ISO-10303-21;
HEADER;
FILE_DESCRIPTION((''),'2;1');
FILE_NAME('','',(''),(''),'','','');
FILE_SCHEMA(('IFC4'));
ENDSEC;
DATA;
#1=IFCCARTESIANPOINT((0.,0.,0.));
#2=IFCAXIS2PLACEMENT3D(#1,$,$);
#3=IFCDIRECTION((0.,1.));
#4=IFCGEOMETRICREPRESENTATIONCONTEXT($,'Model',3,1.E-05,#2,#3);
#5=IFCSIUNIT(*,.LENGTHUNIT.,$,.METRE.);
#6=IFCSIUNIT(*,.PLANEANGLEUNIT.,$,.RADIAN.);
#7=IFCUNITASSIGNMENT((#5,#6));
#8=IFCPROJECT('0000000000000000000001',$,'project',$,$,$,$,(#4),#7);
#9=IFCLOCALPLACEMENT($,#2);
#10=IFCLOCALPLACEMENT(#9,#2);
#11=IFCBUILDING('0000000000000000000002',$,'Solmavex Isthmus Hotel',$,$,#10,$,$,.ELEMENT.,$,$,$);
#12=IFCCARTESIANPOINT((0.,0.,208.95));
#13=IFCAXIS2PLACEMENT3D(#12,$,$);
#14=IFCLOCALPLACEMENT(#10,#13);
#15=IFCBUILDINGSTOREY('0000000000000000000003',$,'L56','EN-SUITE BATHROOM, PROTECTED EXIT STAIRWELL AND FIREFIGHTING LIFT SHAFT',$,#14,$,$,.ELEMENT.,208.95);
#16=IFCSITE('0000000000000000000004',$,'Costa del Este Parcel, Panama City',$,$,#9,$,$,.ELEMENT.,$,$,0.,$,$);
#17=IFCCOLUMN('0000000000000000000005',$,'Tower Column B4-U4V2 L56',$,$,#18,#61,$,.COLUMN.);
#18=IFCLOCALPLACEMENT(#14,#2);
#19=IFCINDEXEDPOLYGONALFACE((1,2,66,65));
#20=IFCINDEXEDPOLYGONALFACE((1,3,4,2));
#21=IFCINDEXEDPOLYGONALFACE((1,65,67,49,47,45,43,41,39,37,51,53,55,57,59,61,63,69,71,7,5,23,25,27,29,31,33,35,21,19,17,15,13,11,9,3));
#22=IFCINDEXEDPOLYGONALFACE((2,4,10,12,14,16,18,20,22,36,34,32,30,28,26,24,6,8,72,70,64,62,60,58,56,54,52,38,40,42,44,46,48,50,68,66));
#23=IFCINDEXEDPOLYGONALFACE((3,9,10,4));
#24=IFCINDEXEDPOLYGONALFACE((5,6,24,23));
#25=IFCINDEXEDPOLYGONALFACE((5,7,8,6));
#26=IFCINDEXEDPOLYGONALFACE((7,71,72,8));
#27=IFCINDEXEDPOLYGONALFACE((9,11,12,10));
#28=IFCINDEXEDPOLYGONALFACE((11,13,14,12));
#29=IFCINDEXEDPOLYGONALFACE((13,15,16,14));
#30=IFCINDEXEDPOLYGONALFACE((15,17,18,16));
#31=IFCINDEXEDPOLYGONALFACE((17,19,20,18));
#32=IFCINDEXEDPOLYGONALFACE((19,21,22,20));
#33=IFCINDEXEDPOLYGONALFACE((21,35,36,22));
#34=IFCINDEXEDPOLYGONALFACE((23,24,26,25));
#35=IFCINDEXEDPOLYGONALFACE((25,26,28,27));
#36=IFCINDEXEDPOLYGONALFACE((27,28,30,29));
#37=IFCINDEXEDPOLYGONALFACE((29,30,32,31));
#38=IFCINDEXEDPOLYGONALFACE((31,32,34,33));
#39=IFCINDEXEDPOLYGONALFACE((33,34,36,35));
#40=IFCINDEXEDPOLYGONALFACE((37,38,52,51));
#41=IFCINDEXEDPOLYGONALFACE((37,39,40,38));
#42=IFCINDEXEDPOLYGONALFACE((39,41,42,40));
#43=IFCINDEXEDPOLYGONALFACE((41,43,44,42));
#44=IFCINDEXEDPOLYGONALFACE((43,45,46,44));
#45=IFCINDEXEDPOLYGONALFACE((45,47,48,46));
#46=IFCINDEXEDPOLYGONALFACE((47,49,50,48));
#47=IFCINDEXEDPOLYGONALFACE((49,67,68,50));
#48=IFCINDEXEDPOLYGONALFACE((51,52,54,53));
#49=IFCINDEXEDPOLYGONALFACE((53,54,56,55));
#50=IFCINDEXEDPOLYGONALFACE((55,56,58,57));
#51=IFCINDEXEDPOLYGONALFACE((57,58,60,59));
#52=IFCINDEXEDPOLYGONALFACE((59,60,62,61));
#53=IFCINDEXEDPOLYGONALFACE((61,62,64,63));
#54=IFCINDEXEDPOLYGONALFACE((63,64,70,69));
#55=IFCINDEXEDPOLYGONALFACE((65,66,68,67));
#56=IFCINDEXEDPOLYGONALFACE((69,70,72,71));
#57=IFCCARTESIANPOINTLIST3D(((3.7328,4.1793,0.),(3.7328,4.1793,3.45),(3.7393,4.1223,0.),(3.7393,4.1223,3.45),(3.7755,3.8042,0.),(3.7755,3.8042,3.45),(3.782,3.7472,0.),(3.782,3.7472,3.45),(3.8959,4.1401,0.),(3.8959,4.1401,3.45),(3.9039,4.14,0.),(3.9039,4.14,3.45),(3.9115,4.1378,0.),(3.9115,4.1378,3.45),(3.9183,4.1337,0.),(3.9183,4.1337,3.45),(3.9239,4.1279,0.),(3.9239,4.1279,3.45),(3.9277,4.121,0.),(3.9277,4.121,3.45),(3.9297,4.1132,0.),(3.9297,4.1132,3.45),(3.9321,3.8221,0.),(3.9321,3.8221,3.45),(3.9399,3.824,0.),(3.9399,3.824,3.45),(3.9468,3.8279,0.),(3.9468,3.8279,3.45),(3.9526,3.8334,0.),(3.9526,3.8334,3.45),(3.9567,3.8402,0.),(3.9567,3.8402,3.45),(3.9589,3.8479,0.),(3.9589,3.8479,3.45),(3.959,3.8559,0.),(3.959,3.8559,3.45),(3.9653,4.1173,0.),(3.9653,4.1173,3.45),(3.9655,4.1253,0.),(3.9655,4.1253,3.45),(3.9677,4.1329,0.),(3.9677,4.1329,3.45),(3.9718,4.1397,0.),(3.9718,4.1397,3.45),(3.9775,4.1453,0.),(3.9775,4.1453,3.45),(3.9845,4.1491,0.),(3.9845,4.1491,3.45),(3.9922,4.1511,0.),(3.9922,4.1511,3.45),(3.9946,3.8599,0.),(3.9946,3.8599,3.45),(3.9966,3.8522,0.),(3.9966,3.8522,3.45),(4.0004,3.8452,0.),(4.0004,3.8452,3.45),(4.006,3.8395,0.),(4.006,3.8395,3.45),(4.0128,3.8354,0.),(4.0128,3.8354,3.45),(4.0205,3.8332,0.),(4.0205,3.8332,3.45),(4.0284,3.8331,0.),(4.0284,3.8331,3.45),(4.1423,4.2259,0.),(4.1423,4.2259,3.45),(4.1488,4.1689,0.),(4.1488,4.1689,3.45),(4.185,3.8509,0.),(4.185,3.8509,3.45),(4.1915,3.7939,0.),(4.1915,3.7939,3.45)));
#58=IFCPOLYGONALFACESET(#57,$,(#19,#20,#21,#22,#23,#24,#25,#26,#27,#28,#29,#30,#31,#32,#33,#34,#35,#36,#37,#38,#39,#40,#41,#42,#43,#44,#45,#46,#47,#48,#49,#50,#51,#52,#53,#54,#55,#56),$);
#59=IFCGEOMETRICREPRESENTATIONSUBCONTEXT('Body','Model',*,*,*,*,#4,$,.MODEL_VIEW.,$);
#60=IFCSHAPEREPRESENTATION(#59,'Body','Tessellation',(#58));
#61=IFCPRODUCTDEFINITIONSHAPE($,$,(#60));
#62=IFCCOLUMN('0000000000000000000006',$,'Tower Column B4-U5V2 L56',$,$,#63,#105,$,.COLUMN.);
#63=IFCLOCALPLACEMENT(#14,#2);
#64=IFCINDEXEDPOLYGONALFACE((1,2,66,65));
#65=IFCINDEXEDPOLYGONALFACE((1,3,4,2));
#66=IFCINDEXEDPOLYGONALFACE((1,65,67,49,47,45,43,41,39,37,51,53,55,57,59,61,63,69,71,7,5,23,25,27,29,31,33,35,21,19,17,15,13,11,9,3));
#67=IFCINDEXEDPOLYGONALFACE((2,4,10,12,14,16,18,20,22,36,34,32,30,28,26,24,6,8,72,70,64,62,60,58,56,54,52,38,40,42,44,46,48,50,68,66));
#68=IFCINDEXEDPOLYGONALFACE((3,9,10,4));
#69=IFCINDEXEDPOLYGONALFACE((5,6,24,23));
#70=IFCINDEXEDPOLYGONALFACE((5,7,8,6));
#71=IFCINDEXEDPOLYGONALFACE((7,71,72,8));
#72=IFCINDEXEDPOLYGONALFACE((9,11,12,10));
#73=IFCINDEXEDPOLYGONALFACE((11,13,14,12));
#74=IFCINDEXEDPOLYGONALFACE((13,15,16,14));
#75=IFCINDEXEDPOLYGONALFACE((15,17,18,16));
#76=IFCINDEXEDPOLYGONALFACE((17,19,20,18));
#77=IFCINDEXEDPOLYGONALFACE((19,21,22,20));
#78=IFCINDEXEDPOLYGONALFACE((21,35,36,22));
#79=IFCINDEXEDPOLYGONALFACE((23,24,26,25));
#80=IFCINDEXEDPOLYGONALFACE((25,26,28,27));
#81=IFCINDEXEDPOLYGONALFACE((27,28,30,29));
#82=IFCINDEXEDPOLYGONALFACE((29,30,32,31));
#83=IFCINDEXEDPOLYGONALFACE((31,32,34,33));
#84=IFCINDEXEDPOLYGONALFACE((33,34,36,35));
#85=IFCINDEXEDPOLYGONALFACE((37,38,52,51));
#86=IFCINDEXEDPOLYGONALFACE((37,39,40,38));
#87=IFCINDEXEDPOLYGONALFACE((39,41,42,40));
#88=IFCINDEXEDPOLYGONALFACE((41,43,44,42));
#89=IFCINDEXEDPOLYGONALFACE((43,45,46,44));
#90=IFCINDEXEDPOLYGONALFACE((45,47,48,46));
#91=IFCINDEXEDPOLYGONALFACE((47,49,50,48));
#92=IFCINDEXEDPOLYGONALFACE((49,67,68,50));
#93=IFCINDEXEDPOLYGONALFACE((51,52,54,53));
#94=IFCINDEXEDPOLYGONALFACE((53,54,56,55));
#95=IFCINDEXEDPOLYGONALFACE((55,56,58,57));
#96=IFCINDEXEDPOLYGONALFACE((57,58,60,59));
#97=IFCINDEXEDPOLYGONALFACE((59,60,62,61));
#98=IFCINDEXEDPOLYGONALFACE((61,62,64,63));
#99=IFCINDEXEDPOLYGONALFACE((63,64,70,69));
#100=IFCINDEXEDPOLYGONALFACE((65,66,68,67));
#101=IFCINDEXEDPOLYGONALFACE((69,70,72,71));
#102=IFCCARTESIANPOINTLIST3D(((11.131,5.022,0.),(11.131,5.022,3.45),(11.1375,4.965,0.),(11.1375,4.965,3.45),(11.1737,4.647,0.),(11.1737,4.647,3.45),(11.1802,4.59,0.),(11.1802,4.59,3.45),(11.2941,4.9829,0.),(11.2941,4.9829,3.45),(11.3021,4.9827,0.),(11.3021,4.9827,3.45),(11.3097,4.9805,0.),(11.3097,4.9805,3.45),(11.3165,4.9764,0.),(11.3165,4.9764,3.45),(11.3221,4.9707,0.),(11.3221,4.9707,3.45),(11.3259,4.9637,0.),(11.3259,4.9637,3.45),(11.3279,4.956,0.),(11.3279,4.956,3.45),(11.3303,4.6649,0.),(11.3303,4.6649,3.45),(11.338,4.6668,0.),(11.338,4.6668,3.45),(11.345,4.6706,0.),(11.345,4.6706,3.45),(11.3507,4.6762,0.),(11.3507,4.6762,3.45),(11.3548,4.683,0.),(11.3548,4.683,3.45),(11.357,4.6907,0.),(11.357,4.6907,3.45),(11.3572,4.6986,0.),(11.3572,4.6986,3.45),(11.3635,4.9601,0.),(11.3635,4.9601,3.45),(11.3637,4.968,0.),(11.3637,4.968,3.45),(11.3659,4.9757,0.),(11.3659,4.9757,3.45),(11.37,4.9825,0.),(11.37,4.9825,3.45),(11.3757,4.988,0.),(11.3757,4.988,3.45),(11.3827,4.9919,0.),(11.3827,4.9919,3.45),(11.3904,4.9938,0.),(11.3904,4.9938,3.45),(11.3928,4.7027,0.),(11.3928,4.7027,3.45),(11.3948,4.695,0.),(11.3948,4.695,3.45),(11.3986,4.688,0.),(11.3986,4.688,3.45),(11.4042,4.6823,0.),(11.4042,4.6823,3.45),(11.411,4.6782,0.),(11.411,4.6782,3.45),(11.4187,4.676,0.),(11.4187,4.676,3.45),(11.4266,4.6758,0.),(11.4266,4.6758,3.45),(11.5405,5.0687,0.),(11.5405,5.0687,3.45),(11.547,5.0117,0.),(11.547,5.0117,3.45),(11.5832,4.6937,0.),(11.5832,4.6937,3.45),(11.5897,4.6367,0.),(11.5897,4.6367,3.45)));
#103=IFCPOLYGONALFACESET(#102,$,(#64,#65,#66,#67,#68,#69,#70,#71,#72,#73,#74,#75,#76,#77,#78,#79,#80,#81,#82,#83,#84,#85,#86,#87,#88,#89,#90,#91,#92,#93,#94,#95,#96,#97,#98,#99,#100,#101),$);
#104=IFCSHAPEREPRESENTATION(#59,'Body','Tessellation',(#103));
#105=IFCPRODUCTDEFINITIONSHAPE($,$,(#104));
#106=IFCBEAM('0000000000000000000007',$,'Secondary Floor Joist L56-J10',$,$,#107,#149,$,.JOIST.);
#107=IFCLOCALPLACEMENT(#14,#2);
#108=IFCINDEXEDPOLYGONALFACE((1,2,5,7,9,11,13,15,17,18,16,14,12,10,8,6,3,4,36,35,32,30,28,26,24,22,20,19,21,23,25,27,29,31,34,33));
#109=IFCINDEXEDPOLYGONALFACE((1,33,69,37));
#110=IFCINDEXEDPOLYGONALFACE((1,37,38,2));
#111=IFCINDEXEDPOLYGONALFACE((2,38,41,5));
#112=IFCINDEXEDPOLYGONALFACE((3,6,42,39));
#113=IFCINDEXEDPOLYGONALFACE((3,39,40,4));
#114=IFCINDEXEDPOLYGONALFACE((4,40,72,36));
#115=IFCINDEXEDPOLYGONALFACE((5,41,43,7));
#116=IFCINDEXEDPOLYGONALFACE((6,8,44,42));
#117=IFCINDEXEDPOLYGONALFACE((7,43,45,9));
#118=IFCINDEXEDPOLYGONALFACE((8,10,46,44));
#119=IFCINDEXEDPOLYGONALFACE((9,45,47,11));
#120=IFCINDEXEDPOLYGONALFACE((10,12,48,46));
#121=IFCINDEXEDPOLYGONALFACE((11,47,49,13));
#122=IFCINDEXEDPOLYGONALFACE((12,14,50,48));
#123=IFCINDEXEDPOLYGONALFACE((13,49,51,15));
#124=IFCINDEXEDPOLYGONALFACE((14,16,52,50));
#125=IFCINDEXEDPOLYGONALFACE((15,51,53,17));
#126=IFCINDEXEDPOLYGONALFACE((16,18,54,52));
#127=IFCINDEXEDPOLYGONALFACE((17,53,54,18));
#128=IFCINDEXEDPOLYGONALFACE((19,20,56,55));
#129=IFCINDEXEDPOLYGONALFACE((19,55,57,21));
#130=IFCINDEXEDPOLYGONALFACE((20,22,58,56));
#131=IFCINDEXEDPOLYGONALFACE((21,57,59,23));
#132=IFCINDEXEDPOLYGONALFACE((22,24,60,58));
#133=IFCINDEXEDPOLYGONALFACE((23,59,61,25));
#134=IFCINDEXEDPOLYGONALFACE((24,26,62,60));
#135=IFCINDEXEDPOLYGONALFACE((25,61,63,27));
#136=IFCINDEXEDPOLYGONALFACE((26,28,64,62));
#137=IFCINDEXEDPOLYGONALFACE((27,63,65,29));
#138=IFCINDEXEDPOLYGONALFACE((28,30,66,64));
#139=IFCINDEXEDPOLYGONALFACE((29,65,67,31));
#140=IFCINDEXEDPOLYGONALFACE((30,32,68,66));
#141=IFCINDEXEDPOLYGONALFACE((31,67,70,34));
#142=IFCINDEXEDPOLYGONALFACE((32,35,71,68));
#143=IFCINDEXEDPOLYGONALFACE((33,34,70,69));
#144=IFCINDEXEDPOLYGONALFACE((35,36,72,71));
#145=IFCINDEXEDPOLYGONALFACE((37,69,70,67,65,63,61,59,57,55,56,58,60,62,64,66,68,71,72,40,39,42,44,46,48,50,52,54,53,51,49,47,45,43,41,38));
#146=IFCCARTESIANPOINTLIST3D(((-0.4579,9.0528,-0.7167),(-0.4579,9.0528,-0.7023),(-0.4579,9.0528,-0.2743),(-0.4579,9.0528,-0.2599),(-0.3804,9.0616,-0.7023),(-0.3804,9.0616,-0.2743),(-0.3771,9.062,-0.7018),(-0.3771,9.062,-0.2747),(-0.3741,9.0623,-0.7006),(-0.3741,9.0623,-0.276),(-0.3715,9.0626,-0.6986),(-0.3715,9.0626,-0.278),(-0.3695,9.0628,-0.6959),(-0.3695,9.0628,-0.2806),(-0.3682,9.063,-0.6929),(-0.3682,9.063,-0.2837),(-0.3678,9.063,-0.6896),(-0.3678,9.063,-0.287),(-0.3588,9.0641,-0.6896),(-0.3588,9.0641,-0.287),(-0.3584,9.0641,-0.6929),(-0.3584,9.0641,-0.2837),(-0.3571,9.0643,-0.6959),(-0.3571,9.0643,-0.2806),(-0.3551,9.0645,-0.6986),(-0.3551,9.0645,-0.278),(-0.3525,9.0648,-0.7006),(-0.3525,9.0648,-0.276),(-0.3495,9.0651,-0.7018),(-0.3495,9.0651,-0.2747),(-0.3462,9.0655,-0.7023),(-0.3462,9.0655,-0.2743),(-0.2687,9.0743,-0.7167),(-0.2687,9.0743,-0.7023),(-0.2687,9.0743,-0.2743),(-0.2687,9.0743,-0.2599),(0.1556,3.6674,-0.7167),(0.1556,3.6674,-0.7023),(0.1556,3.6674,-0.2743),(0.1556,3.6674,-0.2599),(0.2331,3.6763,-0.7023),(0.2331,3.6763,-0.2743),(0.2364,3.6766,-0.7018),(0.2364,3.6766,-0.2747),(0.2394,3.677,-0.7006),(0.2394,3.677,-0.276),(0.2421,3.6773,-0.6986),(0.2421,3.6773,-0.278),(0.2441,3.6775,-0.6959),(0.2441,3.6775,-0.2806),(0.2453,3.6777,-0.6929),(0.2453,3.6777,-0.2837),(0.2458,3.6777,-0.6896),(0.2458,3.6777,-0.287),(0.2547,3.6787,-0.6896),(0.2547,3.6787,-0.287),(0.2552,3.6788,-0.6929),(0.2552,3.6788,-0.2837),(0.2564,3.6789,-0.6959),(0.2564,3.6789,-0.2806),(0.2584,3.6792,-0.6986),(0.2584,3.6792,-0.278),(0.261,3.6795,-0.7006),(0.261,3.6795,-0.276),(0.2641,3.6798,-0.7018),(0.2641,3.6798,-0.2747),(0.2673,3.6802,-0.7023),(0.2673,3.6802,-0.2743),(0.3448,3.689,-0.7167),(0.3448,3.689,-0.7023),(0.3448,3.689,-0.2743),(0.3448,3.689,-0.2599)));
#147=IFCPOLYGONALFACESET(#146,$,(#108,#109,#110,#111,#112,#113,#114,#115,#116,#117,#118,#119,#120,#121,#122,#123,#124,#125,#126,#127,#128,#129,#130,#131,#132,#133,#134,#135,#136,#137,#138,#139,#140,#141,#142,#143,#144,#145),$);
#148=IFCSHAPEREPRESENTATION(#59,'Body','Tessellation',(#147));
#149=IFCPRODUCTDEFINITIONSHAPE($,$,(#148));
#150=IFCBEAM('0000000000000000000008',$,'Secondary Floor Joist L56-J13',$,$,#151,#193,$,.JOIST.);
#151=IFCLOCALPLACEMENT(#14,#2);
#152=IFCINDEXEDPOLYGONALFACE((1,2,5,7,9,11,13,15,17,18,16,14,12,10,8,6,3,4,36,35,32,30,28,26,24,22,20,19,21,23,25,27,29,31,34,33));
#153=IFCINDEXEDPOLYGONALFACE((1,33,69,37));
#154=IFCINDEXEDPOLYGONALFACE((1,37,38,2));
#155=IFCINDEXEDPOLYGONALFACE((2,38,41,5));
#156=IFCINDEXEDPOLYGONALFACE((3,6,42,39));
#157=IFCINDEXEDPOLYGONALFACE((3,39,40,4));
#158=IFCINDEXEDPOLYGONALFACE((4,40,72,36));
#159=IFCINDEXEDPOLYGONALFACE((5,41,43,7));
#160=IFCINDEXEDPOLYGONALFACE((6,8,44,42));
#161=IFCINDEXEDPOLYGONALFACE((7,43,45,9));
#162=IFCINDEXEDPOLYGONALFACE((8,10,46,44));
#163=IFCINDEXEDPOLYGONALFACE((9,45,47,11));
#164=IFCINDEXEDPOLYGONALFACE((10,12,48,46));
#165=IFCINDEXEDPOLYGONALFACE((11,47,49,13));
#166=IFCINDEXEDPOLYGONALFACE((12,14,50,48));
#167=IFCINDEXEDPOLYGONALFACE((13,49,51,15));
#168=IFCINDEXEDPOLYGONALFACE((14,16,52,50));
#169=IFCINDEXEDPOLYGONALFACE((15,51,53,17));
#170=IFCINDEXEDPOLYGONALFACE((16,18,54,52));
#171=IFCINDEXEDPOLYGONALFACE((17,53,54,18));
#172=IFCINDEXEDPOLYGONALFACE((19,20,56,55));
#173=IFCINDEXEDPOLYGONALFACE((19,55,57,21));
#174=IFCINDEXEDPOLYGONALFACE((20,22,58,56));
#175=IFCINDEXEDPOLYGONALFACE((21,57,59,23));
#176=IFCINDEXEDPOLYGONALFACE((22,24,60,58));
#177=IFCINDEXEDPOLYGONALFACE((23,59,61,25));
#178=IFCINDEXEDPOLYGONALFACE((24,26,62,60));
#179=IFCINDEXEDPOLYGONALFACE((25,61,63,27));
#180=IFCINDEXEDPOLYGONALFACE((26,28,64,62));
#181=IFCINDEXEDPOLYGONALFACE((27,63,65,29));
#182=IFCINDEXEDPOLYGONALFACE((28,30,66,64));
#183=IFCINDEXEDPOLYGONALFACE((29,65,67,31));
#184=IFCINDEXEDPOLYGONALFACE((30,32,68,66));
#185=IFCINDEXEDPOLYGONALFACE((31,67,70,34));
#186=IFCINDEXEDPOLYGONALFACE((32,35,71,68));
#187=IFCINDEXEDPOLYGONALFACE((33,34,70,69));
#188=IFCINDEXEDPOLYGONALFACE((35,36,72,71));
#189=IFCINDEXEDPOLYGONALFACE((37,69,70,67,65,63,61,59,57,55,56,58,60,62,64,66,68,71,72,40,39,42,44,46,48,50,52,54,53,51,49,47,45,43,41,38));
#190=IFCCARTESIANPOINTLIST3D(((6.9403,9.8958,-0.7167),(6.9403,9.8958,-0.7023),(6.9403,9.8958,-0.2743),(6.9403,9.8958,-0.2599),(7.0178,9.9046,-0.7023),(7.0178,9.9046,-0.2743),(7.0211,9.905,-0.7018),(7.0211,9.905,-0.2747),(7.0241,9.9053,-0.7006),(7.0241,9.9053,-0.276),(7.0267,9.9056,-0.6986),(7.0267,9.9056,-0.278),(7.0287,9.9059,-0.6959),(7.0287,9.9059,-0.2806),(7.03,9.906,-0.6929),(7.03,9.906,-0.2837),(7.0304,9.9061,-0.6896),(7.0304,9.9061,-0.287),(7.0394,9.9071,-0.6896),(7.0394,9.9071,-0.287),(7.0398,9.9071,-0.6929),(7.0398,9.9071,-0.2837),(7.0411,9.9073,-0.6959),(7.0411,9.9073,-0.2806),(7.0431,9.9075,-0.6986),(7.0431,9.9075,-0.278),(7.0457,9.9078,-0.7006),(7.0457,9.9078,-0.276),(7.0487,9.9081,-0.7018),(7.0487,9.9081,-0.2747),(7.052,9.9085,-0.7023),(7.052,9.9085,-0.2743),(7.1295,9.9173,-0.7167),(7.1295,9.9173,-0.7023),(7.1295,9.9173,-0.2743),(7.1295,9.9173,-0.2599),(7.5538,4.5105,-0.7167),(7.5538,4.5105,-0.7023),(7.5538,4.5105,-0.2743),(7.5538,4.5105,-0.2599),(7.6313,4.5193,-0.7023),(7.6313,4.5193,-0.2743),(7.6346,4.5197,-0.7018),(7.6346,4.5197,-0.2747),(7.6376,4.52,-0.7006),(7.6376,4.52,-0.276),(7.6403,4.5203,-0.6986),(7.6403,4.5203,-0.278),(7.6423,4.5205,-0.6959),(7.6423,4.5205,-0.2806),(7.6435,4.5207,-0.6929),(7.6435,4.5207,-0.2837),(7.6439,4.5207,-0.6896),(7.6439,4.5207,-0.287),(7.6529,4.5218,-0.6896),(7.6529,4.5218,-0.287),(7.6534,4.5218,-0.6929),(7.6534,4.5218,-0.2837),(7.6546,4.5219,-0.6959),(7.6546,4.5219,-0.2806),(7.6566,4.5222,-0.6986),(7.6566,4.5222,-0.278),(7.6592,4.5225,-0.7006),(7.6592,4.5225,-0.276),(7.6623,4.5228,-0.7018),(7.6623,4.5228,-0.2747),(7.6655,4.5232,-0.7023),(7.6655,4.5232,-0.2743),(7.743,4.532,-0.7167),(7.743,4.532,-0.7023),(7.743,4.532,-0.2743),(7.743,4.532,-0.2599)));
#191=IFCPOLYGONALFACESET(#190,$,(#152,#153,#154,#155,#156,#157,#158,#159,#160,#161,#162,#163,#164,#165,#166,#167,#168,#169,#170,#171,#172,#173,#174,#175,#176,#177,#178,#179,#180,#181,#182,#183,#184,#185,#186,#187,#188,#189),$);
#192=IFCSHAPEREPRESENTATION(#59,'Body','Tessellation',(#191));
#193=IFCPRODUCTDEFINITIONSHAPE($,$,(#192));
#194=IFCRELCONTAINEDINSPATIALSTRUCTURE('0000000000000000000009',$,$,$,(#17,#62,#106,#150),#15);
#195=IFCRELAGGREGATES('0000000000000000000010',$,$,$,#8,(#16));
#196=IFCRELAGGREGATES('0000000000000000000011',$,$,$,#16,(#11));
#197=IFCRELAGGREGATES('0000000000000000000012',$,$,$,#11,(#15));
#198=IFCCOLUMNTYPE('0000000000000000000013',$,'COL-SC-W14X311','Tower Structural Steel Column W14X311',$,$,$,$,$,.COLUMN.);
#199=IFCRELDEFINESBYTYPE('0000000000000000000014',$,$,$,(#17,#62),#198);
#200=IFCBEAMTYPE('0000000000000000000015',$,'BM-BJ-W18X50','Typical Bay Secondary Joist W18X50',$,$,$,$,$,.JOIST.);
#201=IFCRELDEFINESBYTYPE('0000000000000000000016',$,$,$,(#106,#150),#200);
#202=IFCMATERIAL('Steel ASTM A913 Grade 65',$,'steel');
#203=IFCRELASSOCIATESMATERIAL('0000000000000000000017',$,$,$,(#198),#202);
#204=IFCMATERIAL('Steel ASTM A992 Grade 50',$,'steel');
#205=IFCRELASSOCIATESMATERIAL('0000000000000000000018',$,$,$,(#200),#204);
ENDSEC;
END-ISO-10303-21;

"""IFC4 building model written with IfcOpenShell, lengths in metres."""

from ifc_helpers import new_model, si_unit, direction, frame, origin, origin_2d, place, context, subcontext, project, spatial, i_section, extrude, material, material_profile, profile_set, type_object, element, save


model = new_model("IFC4")

# Units and contexts
model_context = context("Model", 3, precision=1e-05, world=origin(), true_north=direction((0.0, 1.0)))
body_context = subcontext(model_context, "Body", "Model", "MODEL_VIEW")
ifc_project = project(units=[si_unit("LENGTHUNIT", "METRE"), si_unit("PLANEANGLEUNIT", "RADIAN")], contexts=[model_context])

# Site, building, storey
site_placement = place(None, origin())
site = spatial("IfcSite", under=ifc_project, at=site_placement, Name="Costa del Este Parcel, Panama City", CompositionType="ELEMENT", RefElevation=0.0)
building_placement = place(site_placement, origin())
building = spatial("IfcBuilding", under=site, at=building_placement, Name="Solmavex Isthmus Hotel", CompositionType="ELEMENT")
storey_placement = place(building_placement, frame((0.0, 0.0, 208.95)))
storey = spatial("IfcBuildingStorey", under=building, at=storey_placement, Name="L56", Description="EN-SUITE BATHROOM, PROTECTED EXIT STAIRWELL AND FIREFIGHTING LIFT SHAFT", CompositionType="ELEMENT", Elevation=208.95)

# Columns
ifc_material_1 = material(Name="Steel ASTM A913 Grade 65", Category="steel")
ifc_material_profile_1 = material_profile(ifc_material_1, i_section(OverallWidth=0.4121, OverallDepth=0.4348, WebThickness=0.0359, FlangeThickness=0.0574, FilletRadius=0.0305, at=origin_2d()), Name="W14X311")
ifc_profile_set_1 = profile_set([ifc_material_profile_1], Name="Steel ASTM A913 Grade 65")
column_type = type_object("IfcColumnType", Name="COL-SC-W14X311", Description="Tower Structural Steel Column W14X311", PredefinedType="COLUMN", material=ifc_profile_set_1)
for number, where, z_axis, x_axis, name in (
    (1, (3.9622, 3.9866, 0.0), (0.0, 0.0, 1.0), (0.993572, 0.113203, 0.0), "Tower Column B4-U4V2 L56"),
    (2, (11.3604, 4.8293, 0.0), (0.0, 0.0, 1.0), (0.993572, 0.113203, 0.0), "Tower Column B4-U5V2 L56"),
):
    element("IfcColumn", number, at=place(storey_placement, frame(where, z_axis=z_axis, x_axis=x_axis)), inside=storey, type_object=column_type, Name=name, PredefinedType="COLUMN", context=body_context, shape_type="SweptSolid", body=[
        extrude(i_section(OverallWidth=0.4121, OverallDepth=0.4348, WebThickness=0.0359, FlangeThickness=0.0574, FilletRadius=0.0305, at=origin_2d()), origin(), (0.0, 0.0, 1.0), 3.45),
    ])

# Beams
ifc_material_2 = material(Name="Steel ASTM A992 Grade 50", Category="steel")
ifc_material_profile_2 = material_profile(ifc_material_2, i_section(OverallWidth=0.1904, OverallDepth=0.4568, WebThickness=0.009, FlangeThickness=0.0144, FilletRadius=0.0127, at=origin_2d()), Name="W18X50")
ifc_profile_set_2 = profile_set([ifc_material_profile_2], Name="Steel ASTM A992 Grade 50")
beam_type_1 = type_object("IfcBeamType", Name="BM-BJ-W18X50", Description="Typical Bay Secondary Joist W18X50", PredefinedType="JOIST", material=ifc_profile_set_2)
for number, where, z_axis, x_axis, name in (
    (3, (0.2502, 3.6782, -0.4883), (-0.113195, 0.993573, 0.0), (-0.993573, -0.113195, 0.0), "Secondary Floor Joist L56-J10"),
    (4, (7.6484, 4.5212, -0.4883), (-0.113195, 0.993573, 0.0), (-0.993573, -0.113195, 0.0), "Secondary Floor Joist L56-J13"),
):
    element("IfcBeam", number, at=place(storey_placement, frame(where, z_axis=z_axis, x_axis=x_axis)), inside=storey, type_object=beam_type_1, Name=name, PredefinedType="JOIST", context=body_context, shape_type="SweptSolid", body=[
        extrude(i_section(OverallWidth=0.1904, OverallDepth=0.4568, WebThickness=0.009, FlangeThickness=0.0144, FilletRadius=0.0127, at=origin_2d()), origin(), (0.0, 0.0, 1.0), 5.4202),
    ])

save(model, "model.ifc")
